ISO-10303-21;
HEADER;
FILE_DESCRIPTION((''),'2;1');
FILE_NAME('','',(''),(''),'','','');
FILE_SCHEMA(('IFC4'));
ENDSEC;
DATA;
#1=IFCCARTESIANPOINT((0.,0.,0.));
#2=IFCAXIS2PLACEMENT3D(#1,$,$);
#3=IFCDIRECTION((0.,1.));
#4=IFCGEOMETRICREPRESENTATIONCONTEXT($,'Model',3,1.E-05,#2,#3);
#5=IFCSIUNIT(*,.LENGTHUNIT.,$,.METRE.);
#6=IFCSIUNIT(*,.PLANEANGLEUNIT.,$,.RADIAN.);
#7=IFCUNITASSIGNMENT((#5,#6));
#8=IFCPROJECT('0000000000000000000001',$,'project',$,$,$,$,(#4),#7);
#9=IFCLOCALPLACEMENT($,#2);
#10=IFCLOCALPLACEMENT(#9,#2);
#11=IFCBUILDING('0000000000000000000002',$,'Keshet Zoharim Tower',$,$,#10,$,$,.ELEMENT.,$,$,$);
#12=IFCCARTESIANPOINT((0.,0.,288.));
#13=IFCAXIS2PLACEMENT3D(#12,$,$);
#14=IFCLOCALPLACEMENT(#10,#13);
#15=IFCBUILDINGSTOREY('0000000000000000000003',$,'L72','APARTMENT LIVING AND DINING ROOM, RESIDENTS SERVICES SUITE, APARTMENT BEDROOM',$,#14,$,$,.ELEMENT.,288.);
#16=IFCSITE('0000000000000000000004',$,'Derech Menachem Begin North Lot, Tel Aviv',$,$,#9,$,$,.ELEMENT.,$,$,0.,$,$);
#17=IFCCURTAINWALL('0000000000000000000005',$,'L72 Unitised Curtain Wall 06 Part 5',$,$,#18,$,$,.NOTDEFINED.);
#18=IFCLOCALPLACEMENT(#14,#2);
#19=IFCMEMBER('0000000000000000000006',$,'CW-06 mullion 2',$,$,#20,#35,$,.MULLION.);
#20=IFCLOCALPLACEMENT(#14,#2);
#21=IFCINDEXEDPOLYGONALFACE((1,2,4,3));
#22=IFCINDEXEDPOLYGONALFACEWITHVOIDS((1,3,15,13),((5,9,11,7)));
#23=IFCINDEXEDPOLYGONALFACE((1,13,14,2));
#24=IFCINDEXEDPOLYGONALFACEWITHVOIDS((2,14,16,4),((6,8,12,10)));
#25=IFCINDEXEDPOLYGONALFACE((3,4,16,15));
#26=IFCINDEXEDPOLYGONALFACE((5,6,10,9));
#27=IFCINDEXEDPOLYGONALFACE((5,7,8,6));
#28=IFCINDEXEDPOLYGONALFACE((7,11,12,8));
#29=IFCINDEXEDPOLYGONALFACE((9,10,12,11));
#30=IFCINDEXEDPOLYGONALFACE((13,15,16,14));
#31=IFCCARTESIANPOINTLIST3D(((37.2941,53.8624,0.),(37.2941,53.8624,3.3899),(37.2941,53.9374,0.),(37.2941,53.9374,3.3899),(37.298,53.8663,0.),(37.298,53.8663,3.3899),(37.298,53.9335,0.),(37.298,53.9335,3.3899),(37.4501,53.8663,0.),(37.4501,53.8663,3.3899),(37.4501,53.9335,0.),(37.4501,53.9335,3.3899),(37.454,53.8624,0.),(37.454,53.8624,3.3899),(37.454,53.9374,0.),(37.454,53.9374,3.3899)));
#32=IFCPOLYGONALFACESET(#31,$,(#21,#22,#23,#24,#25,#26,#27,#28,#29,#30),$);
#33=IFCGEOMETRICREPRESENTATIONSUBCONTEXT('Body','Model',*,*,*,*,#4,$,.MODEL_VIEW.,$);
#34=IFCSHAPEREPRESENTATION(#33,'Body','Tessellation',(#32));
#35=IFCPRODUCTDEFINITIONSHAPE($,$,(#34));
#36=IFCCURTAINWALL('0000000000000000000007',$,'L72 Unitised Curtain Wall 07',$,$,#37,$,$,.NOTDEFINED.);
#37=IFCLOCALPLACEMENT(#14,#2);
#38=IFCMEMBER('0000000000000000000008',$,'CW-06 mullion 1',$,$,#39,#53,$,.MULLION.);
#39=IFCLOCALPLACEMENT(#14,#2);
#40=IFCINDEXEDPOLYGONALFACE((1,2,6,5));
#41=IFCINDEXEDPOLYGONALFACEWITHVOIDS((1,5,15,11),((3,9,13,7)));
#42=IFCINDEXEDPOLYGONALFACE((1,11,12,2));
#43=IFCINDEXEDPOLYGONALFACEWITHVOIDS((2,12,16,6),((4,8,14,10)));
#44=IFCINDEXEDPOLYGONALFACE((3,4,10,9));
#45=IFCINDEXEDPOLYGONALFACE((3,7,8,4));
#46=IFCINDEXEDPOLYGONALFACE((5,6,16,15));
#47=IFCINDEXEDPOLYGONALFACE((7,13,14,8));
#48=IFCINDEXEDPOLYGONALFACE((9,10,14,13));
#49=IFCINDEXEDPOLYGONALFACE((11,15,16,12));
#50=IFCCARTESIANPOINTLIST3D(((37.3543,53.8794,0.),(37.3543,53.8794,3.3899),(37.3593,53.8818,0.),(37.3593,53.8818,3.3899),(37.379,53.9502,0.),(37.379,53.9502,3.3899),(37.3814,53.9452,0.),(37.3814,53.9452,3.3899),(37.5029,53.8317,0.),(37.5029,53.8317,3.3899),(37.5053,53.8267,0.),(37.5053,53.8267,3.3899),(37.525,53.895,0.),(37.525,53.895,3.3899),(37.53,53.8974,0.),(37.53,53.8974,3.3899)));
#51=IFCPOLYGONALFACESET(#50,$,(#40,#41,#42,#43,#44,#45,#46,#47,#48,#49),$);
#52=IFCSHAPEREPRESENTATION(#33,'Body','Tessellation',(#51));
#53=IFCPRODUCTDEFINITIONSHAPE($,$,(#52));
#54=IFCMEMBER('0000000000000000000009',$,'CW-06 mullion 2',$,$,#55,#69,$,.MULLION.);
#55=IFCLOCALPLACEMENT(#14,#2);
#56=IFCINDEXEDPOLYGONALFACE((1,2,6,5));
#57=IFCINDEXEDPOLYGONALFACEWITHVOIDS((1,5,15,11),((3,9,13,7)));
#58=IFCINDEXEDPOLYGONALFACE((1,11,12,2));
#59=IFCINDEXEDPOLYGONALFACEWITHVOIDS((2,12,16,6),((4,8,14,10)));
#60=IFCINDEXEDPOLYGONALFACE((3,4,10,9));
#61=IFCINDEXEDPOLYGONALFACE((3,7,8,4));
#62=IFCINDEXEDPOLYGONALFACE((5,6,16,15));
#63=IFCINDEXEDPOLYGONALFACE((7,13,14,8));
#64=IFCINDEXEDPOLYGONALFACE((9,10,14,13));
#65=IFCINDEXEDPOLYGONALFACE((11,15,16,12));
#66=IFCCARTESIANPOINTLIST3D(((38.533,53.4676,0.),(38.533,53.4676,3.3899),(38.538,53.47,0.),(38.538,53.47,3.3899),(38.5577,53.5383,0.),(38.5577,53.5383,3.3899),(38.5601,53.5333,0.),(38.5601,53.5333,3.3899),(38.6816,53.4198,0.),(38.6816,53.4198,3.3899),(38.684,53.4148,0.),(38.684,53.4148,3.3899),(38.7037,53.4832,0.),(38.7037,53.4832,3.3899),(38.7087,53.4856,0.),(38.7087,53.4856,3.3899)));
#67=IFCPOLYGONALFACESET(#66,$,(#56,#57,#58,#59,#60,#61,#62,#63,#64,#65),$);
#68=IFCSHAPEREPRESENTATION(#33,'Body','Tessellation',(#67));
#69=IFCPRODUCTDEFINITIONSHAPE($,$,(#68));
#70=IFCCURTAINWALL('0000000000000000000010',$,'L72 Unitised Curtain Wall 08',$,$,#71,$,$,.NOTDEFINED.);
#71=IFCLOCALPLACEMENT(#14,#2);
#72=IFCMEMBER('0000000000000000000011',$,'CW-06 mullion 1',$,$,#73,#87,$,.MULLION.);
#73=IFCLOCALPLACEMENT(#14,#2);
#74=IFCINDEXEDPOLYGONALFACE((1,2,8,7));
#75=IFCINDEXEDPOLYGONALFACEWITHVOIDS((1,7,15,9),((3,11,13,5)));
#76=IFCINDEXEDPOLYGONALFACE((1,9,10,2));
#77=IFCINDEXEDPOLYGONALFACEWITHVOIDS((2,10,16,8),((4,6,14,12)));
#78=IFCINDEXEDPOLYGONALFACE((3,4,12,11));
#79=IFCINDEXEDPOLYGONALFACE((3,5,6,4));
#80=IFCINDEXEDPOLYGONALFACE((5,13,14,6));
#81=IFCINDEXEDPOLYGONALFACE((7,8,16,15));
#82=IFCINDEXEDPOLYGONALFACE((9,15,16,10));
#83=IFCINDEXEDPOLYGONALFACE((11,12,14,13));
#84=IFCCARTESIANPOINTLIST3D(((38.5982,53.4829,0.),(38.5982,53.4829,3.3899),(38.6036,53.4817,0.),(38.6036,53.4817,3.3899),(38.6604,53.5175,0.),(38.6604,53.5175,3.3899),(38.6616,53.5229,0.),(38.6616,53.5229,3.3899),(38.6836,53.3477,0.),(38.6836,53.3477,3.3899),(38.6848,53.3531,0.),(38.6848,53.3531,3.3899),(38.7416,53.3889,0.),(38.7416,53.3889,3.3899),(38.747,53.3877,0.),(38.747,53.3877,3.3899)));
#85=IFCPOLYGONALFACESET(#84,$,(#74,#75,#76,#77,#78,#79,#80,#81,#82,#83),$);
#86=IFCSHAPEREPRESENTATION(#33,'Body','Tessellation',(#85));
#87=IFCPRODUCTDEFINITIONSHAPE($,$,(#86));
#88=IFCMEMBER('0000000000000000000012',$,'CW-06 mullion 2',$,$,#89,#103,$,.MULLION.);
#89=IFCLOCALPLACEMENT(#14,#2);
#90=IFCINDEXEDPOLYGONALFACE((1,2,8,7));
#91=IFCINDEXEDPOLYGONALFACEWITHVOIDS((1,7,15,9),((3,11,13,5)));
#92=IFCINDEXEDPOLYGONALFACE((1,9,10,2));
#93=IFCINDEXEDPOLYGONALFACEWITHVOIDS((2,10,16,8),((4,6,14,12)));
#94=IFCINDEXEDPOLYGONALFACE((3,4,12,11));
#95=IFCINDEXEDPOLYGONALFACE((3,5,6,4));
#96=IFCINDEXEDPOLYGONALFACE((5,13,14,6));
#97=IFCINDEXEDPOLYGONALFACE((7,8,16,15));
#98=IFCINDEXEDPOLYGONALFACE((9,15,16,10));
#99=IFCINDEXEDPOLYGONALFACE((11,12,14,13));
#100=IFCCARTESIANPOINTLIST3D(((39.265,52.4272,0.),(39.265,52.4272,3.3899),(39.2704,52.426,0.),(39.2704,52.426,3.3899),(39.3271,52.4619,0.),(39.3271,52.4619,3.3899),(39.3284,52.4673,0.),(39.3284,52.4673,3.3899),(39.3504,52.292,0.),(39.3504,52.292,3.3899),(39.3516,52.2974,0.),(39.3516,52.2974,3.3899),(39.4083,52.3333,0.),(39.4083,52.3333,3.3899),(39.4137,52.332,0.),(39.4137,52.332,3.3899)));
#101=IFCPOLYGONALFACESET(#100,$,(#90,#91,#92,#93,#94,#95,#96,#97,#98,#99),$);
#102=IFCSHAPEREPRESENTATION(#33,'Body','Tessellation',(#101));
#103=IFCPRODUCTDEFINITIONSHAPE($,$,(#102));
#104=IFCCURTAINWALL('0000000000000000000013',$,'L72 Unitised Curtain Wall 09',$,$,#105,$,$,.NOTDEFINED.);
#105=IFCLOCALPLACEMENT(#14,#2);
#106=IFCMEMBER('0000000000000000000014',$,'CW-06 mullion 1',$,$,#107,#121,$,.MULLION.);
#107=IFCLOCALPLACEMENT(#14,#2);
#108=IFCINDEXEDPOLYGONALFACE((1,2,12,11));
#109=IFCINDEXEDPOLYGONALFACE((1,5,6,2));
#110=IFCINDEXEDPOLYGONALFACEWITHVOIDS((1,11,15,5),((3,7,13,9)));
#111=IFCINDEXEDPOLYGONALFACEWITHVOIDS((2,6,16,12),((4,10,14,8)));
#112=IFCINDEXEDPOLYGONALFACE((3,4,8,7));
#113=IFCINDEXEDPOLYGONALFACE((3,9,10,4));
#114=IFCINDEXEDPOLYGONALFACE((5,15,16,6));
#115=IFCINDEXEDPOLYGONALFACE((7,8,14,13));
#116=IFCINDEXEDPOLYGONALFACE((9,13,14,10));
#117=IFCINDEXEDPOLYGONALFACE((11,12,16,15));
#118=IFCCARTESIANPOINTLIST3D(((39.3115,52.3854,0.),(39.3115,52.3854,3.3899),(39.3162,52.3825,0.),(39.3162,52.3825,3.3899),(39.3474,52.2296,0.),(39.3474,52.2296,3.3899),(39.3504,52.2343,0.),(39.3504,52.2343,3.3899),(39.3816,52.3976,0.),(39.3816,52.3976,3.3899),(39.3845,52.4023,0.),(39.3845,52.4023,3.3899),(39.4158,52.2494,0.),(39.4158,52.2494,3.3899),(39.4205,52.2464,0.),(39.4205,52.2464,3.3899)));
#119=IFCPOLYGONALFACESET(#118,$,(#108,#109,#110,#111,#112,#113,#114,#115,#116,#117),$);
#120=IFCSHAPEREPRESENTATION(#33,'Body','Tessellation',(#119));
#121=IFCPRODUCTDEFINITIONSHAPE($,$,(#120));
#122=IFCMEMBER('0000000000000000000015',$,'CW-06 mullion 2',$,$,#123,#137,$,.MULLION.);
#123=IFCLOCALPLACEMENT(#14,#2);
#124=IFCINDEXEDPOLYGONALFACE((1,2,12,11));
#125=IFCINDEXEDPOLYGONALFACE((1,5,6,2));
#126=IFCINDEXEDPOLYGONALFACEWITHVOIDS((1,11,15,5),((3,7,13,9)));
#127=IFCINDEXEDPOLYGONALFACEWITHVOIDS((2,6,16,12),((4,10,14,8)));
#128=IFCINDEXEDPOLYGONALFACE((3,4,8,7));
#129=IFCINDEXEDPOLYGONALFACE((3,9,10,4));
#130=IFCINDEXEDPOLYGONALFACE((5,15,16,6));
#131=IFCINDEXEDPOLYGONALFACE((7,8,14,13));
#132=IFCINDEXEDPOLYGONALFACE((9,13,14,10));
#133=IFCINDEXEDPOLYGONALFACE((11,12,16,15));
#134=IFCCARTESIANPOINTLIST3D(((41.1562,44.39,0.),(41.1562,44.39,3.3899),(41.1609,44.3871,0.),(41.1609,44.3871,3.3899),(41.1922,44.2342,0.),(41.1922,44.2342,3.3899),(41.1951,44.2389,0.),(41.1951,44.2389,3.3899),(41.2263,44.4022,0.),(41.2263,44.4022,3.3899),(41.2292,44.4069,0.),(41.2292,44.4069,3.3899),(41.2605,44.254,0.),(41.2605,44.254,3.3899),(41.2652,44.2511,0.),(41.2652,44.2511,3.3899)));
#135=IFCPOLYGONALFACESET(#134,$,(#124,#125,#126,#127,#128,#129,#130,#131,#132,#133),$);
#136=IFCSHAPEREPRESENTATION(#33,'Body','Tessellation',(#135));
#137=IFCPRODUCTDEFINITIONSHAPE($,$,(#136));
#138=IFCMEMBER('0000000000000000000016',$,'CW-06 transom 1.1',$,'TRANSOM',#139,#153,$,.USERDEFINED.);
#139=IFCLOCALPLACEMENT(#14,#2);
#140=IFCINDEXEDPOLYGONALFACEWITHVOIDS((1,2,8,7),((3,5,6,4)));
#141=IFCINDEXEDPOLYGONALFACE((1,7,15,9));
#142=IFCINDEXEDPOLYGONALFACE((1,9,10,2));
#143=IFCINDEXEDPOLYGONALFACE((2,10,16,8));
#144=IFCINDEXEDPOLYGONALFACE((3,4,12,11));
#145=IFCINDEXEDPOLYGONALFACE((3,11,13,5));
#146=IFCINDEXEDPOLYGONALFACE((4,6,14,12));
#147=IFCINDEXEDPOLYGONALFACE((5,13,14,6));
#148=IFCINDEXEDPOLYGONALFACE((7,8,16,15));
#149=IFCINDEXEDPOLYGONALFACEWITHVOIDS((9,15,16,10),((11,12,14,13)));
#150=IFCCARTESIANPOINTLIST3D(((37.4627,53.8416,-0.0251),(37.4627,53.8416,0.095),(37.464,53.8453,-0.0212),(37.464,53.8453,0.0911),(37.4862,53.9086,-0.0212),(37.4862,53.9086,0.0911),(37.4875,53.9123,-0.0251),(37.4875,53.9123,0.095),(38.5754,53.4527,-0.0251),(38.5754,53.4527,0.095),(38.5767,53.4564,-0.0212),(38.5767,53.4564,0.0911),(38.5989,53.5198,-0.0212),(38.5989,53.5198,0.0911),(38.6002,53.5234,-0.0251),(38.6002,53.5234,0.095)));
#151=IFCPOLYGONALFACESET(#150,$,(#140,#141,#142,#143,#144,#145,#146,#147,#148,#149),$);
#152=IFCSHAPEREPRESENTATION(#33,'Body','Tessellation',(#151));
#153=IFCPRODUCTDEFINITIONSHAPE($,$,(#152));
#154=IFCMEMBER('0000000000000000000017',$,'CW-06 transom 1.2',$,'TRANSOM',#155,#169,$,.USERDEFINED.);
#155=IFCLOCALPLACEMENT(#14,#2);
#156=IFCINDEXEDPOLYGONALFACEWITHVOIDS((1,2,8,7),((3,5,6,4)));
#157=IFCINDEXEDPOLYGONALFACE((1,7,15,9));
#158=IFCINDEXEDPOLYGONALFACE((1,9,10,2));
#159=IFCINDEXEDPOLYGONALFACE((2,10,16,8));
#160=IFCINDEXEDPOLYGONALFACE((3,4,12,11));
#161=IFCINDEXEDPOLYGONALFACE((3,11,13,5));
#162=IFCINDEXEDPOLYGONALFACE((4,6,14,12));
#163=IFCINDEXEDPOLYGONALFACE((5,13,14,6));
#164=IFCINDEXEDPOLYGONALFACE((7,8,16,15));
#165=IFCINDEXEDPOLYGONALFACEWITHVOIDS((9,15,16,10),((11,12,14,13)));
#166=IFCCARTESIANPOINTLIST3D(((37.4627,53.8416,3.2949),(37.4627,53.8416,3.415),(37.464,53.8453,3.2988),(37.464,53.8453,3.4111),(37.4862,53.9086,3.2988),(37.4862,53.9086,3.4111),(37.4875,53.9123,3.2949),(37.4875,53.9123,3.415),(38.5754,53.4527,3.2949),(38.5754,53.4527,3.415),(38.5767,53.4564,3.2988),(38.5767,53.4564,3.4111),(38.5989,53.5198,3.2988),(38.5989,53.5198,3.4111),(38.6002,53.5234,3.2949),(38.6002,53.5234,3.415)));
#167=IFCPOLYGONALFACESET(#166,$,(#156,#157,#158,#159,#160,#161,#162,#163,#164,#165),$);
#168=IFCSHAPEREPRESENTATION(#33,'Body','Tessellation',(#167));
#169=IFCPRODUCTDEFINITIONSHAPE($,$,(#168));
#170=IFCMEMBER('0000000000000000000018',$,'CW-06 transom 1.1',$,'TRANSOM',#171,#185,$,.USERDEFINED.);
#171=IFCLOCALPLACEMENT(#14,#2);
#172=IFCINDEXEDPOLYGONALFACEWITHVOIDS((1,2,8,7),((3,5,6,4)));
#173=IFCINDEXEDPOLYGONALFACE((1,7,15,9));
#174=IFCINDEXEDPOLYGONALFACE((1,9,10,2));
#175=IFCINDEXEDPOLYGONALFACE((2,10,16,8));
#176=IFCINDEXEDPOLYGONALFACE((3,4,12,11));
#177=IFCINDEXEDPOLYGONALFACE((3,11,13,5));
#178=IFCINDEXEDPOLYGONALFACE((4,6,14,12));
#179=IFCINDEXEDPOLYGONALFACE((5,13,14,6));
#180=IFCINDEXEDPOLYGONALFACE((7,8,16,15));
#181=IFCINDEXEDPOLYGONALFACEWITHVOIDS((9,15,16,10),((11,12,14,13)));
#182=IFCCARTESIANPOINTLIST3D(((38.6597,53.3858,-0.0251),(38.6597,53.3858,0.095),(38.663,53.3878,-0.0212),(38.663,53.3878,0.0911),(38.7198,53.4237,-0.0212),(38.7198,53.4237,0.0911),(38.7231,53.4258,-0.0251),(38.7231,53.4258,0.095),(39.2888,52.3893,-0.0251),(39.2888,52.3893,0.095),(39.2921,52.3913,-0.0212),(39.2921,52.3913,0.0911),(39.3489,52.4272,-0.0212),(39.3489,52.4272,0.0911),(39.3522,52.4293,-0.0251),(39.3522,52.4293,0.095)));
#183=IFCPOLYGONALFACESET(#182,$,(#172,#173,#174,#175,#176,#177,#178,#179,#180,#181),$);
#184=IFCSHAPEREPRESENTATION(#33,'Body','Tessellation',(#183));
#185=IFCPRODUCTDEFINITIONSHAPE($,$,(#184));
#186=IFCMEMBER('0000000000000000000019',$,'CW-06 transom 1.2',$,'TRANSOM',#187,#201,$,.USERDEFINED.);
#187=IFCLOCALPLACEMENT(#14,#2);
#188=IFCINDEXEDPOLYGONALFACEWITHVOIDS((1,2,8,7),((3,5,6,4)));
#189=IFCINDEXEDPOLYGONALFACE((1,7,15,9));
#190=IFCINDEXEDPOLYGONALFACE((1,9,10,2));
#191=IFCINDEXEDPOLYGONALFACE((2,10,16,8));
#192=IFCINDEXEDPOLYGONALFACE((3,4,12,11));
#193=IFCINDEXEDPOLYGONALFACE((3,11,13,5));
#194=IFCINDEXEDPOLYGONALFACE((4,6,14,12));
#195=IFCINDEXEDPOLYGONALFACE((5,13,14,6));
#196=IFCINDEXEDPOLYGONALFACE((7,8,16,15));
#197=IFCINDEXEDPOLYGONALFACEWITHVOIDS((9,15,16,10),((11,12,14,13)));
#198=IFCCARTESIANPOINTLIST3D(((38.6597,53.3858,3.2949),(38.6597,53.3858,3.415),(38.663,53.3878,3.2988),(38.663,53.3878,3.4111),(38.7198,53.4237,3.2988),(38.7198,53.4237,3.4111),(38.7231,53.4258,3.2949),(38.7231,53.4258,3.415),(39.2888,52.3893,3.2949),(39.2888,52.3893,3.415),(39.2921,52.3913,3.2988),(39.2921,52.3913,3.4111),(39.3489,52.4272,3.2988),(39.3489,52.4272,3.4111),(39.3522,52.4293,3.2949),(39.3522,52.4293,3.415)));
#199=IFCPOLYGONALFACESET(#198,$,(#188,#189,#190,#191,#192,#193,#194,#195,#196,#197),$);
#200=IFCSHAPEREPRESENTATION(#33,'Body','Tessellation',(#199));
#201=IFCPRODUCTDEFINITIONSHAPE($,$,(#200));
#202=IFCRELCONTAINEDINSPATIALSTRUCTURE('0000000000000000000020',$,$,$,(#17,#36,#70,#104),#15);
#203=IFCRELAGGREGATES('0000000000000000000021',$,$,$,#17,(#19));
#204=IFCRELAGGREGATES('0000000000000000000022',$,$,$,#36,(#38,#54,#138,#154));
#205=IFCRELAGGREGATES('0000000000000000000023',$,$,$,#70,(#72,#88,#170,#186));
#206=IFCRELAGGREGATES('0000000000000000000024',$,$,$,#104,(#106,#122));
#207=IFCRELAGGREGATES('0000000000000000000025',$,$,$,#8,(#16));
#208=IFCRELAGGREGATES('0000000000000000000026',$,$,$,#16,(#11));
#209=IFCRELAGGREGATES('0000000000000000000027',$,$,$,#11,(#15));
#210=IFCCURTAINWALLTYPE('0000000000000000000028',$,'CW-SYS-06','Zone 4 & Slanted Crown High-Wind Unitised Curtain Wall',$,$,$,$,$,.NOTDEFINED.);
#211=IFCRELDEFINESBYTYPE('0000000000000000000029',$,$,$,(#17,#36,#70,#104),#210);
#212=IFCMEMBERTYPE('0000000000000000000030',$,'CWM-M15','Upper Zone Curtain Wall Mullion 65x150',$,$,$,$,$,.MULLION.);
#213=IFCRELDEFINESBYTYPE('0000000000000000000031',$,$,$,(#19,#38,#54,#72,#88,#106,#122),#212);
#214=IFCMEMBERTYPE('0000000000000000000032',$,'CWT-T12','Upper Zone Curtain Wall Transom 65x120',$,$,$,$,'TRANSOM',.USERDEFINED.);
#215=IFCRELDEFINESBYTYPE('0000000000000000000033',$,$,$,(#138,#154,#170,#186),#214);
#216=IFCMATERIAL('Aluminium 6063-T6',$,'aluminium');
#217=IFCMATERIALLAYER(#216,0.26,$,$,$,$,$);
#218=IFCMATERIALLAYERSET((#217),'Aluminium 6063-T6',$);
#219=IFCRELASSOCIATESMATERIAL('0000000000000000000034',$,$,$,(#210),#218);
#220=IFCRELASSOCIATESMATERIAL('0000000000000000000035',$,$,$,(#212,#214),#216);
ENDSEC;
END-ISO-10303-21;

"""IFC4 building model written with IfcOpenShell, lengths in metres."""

from ifc_helpers import new_model, si_unit, direction, frame, origin, origin_2d, place, context, subcontext, project, spatial, hollow_rectangle, extrude, material, layer, layer_set, material_profile, profile_set, type_object, element, aggregate, save


model = new_model("IFC4")

# Units and contexts
model_context = context("Model", 3, precision=1e-05, world=origin(), true_north=direction((0.0, 1.0)))
body_context = subcontext(model_context, "Body", "Model", "MODEL_VIEW")
ifc_project = project(units=[si_unit("LENGTHUNIT", "METRE"), si_unit("PLANEANGLEUNIT", "RADIAN")], contexts=[model_context])

# Site, building, storey
site_placement = place(None, origin())
site = spatial("IfcSite", under=ifc_project, at=site_placement, Name="Derech Menachem Begin North Lot, Tel Aviv", CompositionType="ELEMENT", RefElevation=0.0)
building_placement = place(site_placement, origin())
building = spatial("IfcBuilding", under=site, at=building_placement, Name="Keshet Zoharim Tower", CompositionType="ELEMENT")
storey_placement = place(building_placement, frame((0.0, 0.0, 288.0)))
storey = spatial("IfcBuildingStorey", under=building, at=storey_placement, Name="L72", Description="APARTMENT LIVING AND DINING ROOM, RESIDENTS SERVICES SUITE, APARTMENT BEDROOM", CompositionType="ELEMENT", Elevation=288.0)

# Curtain wall, member
ifc_material_1 = material(Name="Aluminium 6063-T6", Category="aluminium")
ifc_layer_1 = layer(ifc_material_1, 0.26)
ifc_layer_set_1 = layer_set([ifc_layer_1], Name="Aluminium 6063-T6")
curtain_wall_type = type_object("IfcCurtainWallType", Name="CW-SYS-06", Description="Zone 4 & Slanted Crown High-Wind Unitised Curtain Wall", PredefinedType="NOTDEFINED", material=ifc_layer_set_1)
curtain_wall_1_placement = place(storey_placement, origin())
curtain_wall_1 = element("IfcCurtainWall", 1, at=curtain_wall_1_placement, inside=storey, type_object=curtain_wall_type, Name="L72 Unitised Curtain Wall 06 Part 5", PredefinedType="NOTDEFINED")
ifc_material_profile_1 = material_profile(ifc_material_1, hollow_rectangle(XDim=0.075, YDim=0.1599, WallThickness=0.0039, at=origin_2d()), Name="MUL-75x160")
ifc_profile_set_1 = profile_set([ifc_material_profile_1], Name="Aluminium 6063-T6")
member_type_1 = type_object("IfcMemberType", Name="CWM-M15", Description="Upper Zone Curtain Wall Mullion 65x150", PredefinedType="MULLION", material=ifc_profile_set_1)
member_1_placement = place(storey_placement, frame((37.374, 53.8999, 0.0), z_axis=(0.0, 0.0, 1.0), x_axis=(0.0, 1.0, 0.0)))
member_1 = element("IfcMember", 2, at=member_1_placement, type_object=member_type_1, Name="CW-06 mullion 2", PredefinedType="MULLION", context=body_context, shape_type="SweptSolid", body=[
    extrude(hollow_rectangle(XDim=0.075, YDim=0.1599, WallThickness=0.0039, at=origin_2d()), origin(), (0.0, 0.0, 1.0), 3.3899),
])
aggregate(curtain_wall_1, [member_1])

# Curtain walls, members
curtain_wall_2_placement = place(storey_placement, origin())
curtain_wall_2 = element("IfcCurtainWall", 3, at=curtain_wall_2_placement, inside=storey, type_object=curtain_wall_type, Name="L72 Unitised Curtain Wall 07", PredefinedType="NOTDEFINED")
member_2_placement = place(storey_placement, frame((37.4421, 53.8884, 0.0), z_axis=(0.0, 0.0, 1.0), x_axis=(0.329844, 0.944036, 0.0)))
member_2 = element("IfcMember", 4, at=member_2_placement, type_object=member_type_1, Name="CW-06 mullion 1", PredefinedType="MULLION", context=body_context, shape_type="SweptSolid", body=[
    extrude(hollow_rectangle(XDim=0.075, YDim=0.1599, WallThickness=0.0039, at=origin_2d()), origin(), (0.0, 0.0, 1.0), 3.3899),
])
member_3_placement = place(storey_placement, frame((38.6208, 53.4766, 0.0), z_axis=(0.0, 0.0, 1.0), x_axis=(0.329844, 0.944036, 0.0)))
member_3 = element("IfcMember", 5, at=member_3_placement, type_object=member_type_1, Name="CW-06 mullion 2", PredefinedType="MULLION", context=body_context, shape_type="SweptSolid", body=[
    extrude(hollow_rectangle(XDim=0.075, YDim=0.1599, WallThickness=0.0039, at=origin_2d()), origin(), (0.0, 0.0, 1.0), 3.3899),
])
curtain_wall_3_placement = place(storey_placement, origin())
curtain_wall_3 = element("IfcCurtainWall", 6, at=curtain_wall_3_placement, inside=storey, type_object=curtain_wall_type, Name="L72 Unitised Curtain Wall 08", PredefinedType="NOTDEFINED")
member_4_placement = place(storey_placement, frame((38.6726, 53.4353, 0.0), z_axis=(0.0, 0.0, 1.0), x_axis=(0.845561, 0.533879, 0.0)))
member_4 = element("IfcMember", 7, at=member_4_placement, type_object=member_type_1, Name="CW-06 mullion 1", PredefinedType="MULLION", context=body_context, shape_type="SweptSolid", body=[
    extrude(hollow_rectangle(XDim=0.075, YDim=0.1599, WallThickness=0.0039, at=origin_2d()), origin(), (0.0, 0.0, 1.0), 3.3899),
])
member_5_placement = place(storey_placement, frame((39.3394, 52.3796, 0.0), z_axis=(0.0, 0.0, 1.0), x_axis=(0.845561, 0.533879, 0.0)))
member_5 = element("IfcMember", 8, at=member_5_placement, type_object=member_type_1, Name="CW-06 mullion 2", PredefinedType="MULLION", context=body_context, shape_type="SweptSolid", body=[
    extrude(hollow_rectangle(XDim=0.075, YDim=0.1599, WallThickness=0.0039, at=origin_2d()), origin(), (0.0, 0.0, 1.0), 3.3899),
])
curtain_wall_4_placement = place(storey_placement, origin())
curtain_wall_4 = element("IfcCurtainWall", 9, at=curtain_wall_4_placement, inside=storey, type_object=curtain_wall_type, Name="L72 Unitised Curtain Wall 09", PredefinedType="NOTDEFINED")
member_6_placement = place(storey_placement, frame((39.366, 52.3159, 0.0), z_axis=(0.0, 0.0, 1.0), x_axis=(0.974398, 0.22483, 0.0)))
member_6 = element("IfcMember", 10, at=member_6_placement, type_object=member_type_1, Name="CW-06 mullion 1", PredefinedType="MULLION", context=body_context, shape_type="SweptSolid", body=[
    extrude(hollow_rectangle(XDim=0.075, YDim=0.1599, WallThickness=0.0039, at=origin_2d()), origin(), (0.0, 0.0, 1.0), 3.3899),
])
member_7_placement = place(storey_placement, frame((41.2107, 44.3206, 0.0), z_axis=(0.0, 0.0, 1.0), x_axis=(0.974398, 0.22483, 0.0)))
member_7 = element("IfcMember", 11, at=member_7_placement, type_object=member_type_1, Name="CW-06 mullion 2", PredefinedType="MULLION", context=body_context, shape_type="SweptSolid", body=[
    extrude(hollow_rectangle(XDim=0.075, YDim=0.1599, WallThickness=0.0039, at=origin_2d()), origin(), (0.0, 0.0, 1.0), 3.3899),
])

# Members
ifc_material_profile_2 = material_profile(ifc_material_1, hollow_rectangle(XDim=0.075, YDim=0.1201, WallThickness=0.0039, at=origin_2d()), Name="TRN-75x120")
ifc_profile_set_2 = profile_set([ifc_material_profile_2], Name="Aluminium 6063-T6")
member_type_2 = type_object("IfcMemberType", Name="CWT-T12", Description="Upper Zone Curtain Wall Transom 65x120", ElementType="TRANSOM", PredefinedType="USERDEFINED", material=ifc_profile_set_2)
member_8_placement = place(storey_placement, frame((37.4751, 53.877, 0.0349), z_axis=(0.944007, -0.329926, 0.0), x_axis=(0.329926, 0.944007, 0.0)))
member_8 = element("IfcMember", 12, at=member_8_placement, type_object=member_type_2, Name="CW-06 transom 1.1", ObjectType="TRANSOM", PredefinedType="USERDEFINED", context=body_context, shape_type="SweptSolid", body=[
    extrude(hollow_rectangle(XDim=0.075, YDim=0.1201, WallThickness=0.0039, at=origin_2d()), origin(), (0.0, 0.0, 1.0), 1.1787),
])
member_9_placement = place(storey_placement, frame((37.4751, 53.877, 3.355), z_axis=(0.944007, -0.329926, 0.0), x_axis=(0.329926, 0.944007, 0.0)))
member_9 = element("IfcMember", 13, at=member_9_placement, type_object=member_type_2, Name="CW-06 transom 1.2", ObjectType="TRANSOM", PredefinedType="USERDEFINED", context=body_context, shape_type="SweptSolid", body=[
    extrude(hollow_rectangle(XDim=0.075, YDim=0.1201, WallThickness=0.0039, at=origin_2d()), origin(), (0.0, 0.0, 1.0), 1.1787),
])
member_10_placement = place(storey_placement, frame((38.6914, 53.4058, 0.0349), z_axis=(0.533829, -0.845592, 0.0), x_axis=(0.845592, 0.533829, 0.0)))
member_10 = element("IfcMember", 14, at=member_10_placement, type_object=member_type_2, Name="CW-06 transom 1.1", ObjectType="TRANSOM", PredefinedType="USERDEFINED", context=body_context, shape_type="SweptSolid", body=[
    extrude(hollow_rectangle(XDim=0.075, YDim=0.1201, WallThickness=0.0039, at=origin_2d()), origin(), (0.0, 0.0, 1.0), 1.1785),
])
member_11_placement = place(storey_placement, frame((38.6914, 53.4058, 3.355), z_axis=(0.533829, -0.845592, 0.0), x_axis=(0.845592, 0.533829, 0.0)))
member_11 = element("IfcMember", 15, at=member_11_placement, type_object=member_type_2, Name="CW-06 transom 1.2", ObjectType="TRANSOM", PredefinedType="USERDEFINED", context=body_context, shape_type="SweptSolid", body=[
    extrude(hollow_rectangle(XDim=0.075, YDim=0.1201, WallThickness=0.0039, at=origin_2d()), origin(), (0.0, 0.0, 1.0), 1.1785),
])

aggregate(curtain_wall_2, [member_2, member_3, member_8, member_9])
aggregate(curtain_wall_3, [member_4, member_5, member_10, member_11])
aggregate(curtain_wall_4, [member_6, member_7])

save(model, "model.ifc")
